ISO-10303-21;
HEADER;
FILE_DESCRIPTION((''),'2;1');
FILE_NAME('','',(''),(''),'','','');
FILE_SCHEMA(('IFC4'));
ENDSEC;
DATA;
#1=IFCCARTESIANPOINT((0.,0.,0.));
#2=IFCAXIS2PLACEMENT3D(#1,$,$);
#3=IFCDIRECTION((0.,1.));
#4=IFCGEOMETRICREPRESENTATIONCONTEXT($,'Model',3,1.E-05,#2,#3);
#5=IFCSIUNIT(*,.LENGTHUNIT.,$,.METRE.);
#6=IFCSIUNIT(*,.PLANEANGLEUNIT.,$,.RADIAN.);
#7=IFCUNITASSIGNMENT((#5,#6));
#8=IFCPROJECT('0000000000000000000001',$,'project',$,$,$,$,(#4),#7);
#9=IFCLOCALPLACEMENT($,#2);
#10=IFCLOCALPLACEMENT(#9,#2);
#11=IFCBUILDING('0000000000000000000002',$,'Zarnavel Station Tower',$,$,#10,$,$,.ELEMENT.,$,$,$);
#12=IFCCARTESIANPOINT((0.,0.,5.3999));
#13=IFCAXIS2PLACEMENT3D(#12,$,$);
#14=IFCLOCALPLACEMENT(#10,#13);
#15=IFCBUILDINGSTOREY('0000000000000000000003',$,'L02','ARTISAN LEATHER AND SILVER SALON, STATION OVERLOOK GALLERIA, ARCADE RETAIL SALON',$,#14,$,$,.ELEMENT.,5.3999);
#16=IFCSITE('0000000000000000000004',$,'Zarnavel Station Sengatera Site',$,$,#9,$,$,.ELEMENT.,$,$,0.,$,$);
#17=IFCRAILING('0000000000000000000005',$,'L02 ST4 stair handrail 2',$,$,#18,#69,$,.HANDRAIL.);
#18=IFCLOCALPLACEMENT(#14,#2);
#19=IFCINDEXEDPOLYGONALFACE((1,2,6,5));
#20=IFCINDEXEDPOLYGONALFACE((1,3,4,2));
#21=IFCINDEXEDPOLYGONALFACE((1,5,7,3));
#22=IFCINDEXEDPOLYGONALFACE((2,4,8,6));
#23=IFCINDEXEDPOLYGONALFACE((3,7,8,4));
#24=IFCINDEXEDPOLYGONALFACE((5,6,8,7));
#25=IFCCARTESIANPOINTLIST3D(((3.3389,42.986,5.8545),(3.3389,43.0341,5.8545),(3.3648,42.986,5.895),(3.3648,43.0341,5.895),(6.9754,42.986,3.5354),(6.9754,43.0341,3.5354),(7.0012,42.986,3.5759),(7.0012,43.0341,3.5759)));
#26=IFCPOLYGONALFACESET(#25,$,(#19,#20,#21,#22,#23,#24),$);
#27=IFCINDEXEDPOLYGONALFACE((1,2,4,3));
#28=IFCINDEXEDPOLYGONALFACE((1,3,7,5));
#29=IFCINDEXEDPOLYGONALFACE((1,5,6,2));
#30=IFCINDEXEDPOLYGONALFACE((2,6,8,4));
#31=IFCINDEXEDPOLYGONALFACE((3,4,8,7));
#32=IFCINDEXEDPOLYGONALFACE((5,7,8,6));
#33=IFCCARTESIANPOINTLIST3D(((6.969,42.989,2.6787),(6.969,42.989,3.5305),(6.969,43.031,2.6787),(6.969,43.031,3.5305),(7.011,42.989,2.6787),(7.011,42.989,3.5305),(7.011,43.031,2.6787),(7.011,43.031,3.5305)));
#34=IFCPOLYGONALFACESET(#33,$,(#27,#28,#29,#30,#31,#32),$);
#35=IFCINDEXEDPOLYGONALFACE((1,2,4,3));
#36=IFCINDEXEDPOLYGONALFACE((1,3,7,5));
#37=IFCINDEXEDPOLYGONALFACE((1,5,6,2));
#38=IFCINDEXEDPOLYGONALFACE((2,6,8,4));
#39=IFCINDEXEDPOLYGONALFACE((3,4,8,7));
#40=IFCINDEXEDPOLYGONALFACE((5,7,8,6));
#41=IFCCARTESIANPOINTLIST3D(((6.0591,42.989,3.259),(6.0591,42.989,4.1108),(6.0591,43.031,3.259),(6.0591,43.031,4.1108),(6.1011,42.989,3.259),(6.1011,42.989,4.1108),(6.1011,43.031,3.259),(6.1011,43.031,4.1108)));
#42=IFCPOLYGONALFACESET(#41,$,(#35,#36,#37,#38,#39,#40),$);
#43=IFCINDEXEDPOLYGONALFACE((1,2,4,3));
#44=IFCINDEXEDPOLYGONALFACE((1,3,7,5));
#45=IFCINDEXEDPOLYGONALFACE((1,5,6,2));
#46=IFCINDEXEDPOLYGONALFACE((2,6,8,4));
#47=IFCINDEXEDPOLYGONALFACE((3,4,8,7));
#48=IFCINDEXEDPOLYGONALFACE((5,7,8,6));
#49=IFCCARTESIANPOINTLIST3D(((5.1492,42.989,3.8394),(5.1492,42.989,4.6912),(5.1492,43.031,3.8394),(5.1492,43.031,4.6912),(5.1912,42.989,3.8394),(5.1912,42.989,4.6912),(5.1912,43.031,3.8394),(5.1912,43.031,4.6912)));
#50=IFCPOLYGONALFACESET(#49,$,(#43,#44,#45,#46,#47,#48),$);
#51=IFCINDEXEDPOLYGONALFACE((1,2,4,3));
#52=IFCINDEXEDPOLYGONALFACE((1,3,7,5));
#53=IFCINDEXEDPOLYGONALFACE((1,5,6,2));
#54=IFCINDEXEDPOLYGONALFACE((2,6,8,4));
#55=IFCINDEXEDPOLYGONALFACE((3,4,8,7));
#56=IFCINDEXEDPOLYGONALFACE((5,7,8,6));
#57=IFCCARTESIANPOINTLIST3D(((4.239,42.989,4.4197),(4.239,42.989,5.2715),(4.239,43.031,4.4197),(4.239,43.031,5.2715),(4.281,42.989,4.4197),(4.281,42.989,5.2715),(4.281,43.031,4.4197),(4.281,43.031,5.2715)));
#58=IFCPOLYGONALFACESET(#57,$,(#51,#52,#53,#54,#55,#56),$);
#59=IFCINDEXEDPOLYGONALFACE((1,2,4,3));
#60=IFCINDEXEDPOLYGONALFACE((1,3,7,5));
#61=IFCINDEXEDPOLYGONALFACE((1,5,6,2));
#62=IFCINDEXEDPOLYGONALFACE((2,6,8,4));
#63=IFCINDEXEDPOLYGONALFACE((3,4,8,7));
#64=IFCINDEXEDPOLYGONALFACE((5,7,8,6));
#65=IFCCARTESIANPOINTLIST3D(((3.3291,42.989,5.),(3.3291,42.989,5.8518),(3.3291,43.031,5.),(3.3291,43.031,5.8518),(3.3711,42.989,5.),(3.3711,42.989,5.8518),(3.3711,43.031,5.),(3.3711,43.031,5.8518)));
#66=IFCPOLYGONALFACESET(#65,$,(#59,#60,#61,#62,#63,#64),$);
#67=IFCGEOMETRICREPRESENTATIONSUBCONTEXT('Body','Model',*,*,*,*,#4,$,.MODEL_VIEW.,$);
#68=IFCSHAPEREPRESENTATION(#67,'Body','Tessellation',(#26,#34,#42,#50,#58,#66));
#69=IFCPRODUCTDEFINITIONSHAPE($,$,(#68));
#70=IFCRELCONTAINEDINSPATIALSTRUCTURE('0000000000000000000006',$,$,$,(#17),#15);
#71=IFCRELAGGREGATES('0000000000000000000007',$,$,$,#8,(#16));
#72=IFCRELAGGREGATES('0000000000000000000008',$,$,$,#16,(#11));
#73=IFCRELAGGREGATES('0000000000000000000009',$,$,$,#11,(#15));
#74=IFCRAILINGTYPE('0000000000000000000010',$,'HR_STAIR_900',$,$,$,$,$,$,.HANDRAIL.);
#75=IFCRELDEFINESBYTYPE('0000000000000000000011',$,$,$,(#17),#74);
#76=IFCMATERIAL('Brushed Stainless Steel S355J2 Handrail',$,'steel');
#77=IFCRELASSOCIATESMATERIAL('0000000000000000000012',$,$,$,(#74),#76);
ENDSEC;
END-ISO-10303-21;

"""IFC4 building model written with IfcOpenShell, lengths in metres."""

from ifc_helpers import new_model, si_unit, direction, frame, origin, origin_2d, place, context, subcontext, project, spatial, rectangle, extrude, material, type_object, element, save


model = new_model("IFC4")

# Units and contexts
model_context = context("Model", 3, precision=1e-05, world=origin(), true_north=direction((0.0, 1.0)))
body_context = subcontext(model_context, "Body", "Model", "MODEL_VIEW")
ifc_project = project(units=[si_unit("LENGTHUNIT", "METRE"), si_unit("PLANEANGLEUNIT", "RADIAN")], contexts=[model_context])

# Site, building, storey
site_placement = place(None, origin())
site = spatial("IfcSite", under=ifc_project, at=site_placement, Name="Zarnavel Station Sengatera Site", CompositionType="ELEMENT", RefElevation=0.0)
building_placement = place(site_placement, origin())
building = spatial("IfcBuilding", under=site, at=building_placement, Name="Zarnavel Station Tower", CompositionType="ELEMENT")
storey_placement = place(building_placement, frame((0.0, 0.0, 5.3999)))
storey = spatial("IfcBuildingStorey", under=building, at=storey_placement, Name="L02", Description="ARTISAN LEATHER AND SILVER SALON, STATION OVERLOOK GALLERIA, ARCADE RETAIL SALON", CompositionType="ELEMENT", Elevation=5.3999)

# Railing
ifc_material_1 = material(Name="Brushed Stainless Steel S355J2 Handrail", Category="steel")
railing_type_1 = type_object("IfcRailingType", Name="HR_STAIR_900", PredefinedType="HANDRAIL", material=ifc_material_1)
railing_1_placement = place(storey_placement, frame((6.99, 43.01, 2.6787)))
element("IfcRailing", 1, at=railing_1_placement, inside=storey, type_object=railing_type_1, Name="L02 ST4 stair handrail 2", PredefinedType="HANDRAIL", context=body_context, shape_type="SweptSolid", body=[
    extrude(rectangle(XDim=0.0481, YDim=0.0481, at=origin_2d()), frame((-0.0017, 0.0, 0.877), z_axis=(-0.843137, 0.0, 0.537699), x_axis=(0.0, -1.0, 0.0)), (0.0, 0.0, 1.0), 4.313),
    extrude(rectangle(XDim=0.042, YDim=0.042, at=origin_2d()), origin(), (0.0, 0.0, 1.0), 0.8518),
    extrude(rectangle(XDim=0.042, YDim=0.042, at=origin_2d()), frame((-0.9099, 0.0, 0.5803)), (0.0, 0.0, 1.0), 0.8518),
    extrude(rectangle(XDim=0.042, YDim=0.042, at=origin_2d()), frame((-1.8198, 0.0, 1.1606)), (0.0, 0.0, 1.0), 0.8518),
    extrude(rectangle(XDim=0.042, YDim=0.042, at=origin_2d()), frame((-2.73, 0.0, 1.741)), (0.0, 0.0, 1.0), 0.8518),
    extrude(rectangle(XDim=0.042, YDim=0.042, at=origin_2d()), frame((-3.6399, 0.0, 2.3213)), (0.0, 0.0, 1.0), 0.8518),
])

save(model, "model.ifc")
